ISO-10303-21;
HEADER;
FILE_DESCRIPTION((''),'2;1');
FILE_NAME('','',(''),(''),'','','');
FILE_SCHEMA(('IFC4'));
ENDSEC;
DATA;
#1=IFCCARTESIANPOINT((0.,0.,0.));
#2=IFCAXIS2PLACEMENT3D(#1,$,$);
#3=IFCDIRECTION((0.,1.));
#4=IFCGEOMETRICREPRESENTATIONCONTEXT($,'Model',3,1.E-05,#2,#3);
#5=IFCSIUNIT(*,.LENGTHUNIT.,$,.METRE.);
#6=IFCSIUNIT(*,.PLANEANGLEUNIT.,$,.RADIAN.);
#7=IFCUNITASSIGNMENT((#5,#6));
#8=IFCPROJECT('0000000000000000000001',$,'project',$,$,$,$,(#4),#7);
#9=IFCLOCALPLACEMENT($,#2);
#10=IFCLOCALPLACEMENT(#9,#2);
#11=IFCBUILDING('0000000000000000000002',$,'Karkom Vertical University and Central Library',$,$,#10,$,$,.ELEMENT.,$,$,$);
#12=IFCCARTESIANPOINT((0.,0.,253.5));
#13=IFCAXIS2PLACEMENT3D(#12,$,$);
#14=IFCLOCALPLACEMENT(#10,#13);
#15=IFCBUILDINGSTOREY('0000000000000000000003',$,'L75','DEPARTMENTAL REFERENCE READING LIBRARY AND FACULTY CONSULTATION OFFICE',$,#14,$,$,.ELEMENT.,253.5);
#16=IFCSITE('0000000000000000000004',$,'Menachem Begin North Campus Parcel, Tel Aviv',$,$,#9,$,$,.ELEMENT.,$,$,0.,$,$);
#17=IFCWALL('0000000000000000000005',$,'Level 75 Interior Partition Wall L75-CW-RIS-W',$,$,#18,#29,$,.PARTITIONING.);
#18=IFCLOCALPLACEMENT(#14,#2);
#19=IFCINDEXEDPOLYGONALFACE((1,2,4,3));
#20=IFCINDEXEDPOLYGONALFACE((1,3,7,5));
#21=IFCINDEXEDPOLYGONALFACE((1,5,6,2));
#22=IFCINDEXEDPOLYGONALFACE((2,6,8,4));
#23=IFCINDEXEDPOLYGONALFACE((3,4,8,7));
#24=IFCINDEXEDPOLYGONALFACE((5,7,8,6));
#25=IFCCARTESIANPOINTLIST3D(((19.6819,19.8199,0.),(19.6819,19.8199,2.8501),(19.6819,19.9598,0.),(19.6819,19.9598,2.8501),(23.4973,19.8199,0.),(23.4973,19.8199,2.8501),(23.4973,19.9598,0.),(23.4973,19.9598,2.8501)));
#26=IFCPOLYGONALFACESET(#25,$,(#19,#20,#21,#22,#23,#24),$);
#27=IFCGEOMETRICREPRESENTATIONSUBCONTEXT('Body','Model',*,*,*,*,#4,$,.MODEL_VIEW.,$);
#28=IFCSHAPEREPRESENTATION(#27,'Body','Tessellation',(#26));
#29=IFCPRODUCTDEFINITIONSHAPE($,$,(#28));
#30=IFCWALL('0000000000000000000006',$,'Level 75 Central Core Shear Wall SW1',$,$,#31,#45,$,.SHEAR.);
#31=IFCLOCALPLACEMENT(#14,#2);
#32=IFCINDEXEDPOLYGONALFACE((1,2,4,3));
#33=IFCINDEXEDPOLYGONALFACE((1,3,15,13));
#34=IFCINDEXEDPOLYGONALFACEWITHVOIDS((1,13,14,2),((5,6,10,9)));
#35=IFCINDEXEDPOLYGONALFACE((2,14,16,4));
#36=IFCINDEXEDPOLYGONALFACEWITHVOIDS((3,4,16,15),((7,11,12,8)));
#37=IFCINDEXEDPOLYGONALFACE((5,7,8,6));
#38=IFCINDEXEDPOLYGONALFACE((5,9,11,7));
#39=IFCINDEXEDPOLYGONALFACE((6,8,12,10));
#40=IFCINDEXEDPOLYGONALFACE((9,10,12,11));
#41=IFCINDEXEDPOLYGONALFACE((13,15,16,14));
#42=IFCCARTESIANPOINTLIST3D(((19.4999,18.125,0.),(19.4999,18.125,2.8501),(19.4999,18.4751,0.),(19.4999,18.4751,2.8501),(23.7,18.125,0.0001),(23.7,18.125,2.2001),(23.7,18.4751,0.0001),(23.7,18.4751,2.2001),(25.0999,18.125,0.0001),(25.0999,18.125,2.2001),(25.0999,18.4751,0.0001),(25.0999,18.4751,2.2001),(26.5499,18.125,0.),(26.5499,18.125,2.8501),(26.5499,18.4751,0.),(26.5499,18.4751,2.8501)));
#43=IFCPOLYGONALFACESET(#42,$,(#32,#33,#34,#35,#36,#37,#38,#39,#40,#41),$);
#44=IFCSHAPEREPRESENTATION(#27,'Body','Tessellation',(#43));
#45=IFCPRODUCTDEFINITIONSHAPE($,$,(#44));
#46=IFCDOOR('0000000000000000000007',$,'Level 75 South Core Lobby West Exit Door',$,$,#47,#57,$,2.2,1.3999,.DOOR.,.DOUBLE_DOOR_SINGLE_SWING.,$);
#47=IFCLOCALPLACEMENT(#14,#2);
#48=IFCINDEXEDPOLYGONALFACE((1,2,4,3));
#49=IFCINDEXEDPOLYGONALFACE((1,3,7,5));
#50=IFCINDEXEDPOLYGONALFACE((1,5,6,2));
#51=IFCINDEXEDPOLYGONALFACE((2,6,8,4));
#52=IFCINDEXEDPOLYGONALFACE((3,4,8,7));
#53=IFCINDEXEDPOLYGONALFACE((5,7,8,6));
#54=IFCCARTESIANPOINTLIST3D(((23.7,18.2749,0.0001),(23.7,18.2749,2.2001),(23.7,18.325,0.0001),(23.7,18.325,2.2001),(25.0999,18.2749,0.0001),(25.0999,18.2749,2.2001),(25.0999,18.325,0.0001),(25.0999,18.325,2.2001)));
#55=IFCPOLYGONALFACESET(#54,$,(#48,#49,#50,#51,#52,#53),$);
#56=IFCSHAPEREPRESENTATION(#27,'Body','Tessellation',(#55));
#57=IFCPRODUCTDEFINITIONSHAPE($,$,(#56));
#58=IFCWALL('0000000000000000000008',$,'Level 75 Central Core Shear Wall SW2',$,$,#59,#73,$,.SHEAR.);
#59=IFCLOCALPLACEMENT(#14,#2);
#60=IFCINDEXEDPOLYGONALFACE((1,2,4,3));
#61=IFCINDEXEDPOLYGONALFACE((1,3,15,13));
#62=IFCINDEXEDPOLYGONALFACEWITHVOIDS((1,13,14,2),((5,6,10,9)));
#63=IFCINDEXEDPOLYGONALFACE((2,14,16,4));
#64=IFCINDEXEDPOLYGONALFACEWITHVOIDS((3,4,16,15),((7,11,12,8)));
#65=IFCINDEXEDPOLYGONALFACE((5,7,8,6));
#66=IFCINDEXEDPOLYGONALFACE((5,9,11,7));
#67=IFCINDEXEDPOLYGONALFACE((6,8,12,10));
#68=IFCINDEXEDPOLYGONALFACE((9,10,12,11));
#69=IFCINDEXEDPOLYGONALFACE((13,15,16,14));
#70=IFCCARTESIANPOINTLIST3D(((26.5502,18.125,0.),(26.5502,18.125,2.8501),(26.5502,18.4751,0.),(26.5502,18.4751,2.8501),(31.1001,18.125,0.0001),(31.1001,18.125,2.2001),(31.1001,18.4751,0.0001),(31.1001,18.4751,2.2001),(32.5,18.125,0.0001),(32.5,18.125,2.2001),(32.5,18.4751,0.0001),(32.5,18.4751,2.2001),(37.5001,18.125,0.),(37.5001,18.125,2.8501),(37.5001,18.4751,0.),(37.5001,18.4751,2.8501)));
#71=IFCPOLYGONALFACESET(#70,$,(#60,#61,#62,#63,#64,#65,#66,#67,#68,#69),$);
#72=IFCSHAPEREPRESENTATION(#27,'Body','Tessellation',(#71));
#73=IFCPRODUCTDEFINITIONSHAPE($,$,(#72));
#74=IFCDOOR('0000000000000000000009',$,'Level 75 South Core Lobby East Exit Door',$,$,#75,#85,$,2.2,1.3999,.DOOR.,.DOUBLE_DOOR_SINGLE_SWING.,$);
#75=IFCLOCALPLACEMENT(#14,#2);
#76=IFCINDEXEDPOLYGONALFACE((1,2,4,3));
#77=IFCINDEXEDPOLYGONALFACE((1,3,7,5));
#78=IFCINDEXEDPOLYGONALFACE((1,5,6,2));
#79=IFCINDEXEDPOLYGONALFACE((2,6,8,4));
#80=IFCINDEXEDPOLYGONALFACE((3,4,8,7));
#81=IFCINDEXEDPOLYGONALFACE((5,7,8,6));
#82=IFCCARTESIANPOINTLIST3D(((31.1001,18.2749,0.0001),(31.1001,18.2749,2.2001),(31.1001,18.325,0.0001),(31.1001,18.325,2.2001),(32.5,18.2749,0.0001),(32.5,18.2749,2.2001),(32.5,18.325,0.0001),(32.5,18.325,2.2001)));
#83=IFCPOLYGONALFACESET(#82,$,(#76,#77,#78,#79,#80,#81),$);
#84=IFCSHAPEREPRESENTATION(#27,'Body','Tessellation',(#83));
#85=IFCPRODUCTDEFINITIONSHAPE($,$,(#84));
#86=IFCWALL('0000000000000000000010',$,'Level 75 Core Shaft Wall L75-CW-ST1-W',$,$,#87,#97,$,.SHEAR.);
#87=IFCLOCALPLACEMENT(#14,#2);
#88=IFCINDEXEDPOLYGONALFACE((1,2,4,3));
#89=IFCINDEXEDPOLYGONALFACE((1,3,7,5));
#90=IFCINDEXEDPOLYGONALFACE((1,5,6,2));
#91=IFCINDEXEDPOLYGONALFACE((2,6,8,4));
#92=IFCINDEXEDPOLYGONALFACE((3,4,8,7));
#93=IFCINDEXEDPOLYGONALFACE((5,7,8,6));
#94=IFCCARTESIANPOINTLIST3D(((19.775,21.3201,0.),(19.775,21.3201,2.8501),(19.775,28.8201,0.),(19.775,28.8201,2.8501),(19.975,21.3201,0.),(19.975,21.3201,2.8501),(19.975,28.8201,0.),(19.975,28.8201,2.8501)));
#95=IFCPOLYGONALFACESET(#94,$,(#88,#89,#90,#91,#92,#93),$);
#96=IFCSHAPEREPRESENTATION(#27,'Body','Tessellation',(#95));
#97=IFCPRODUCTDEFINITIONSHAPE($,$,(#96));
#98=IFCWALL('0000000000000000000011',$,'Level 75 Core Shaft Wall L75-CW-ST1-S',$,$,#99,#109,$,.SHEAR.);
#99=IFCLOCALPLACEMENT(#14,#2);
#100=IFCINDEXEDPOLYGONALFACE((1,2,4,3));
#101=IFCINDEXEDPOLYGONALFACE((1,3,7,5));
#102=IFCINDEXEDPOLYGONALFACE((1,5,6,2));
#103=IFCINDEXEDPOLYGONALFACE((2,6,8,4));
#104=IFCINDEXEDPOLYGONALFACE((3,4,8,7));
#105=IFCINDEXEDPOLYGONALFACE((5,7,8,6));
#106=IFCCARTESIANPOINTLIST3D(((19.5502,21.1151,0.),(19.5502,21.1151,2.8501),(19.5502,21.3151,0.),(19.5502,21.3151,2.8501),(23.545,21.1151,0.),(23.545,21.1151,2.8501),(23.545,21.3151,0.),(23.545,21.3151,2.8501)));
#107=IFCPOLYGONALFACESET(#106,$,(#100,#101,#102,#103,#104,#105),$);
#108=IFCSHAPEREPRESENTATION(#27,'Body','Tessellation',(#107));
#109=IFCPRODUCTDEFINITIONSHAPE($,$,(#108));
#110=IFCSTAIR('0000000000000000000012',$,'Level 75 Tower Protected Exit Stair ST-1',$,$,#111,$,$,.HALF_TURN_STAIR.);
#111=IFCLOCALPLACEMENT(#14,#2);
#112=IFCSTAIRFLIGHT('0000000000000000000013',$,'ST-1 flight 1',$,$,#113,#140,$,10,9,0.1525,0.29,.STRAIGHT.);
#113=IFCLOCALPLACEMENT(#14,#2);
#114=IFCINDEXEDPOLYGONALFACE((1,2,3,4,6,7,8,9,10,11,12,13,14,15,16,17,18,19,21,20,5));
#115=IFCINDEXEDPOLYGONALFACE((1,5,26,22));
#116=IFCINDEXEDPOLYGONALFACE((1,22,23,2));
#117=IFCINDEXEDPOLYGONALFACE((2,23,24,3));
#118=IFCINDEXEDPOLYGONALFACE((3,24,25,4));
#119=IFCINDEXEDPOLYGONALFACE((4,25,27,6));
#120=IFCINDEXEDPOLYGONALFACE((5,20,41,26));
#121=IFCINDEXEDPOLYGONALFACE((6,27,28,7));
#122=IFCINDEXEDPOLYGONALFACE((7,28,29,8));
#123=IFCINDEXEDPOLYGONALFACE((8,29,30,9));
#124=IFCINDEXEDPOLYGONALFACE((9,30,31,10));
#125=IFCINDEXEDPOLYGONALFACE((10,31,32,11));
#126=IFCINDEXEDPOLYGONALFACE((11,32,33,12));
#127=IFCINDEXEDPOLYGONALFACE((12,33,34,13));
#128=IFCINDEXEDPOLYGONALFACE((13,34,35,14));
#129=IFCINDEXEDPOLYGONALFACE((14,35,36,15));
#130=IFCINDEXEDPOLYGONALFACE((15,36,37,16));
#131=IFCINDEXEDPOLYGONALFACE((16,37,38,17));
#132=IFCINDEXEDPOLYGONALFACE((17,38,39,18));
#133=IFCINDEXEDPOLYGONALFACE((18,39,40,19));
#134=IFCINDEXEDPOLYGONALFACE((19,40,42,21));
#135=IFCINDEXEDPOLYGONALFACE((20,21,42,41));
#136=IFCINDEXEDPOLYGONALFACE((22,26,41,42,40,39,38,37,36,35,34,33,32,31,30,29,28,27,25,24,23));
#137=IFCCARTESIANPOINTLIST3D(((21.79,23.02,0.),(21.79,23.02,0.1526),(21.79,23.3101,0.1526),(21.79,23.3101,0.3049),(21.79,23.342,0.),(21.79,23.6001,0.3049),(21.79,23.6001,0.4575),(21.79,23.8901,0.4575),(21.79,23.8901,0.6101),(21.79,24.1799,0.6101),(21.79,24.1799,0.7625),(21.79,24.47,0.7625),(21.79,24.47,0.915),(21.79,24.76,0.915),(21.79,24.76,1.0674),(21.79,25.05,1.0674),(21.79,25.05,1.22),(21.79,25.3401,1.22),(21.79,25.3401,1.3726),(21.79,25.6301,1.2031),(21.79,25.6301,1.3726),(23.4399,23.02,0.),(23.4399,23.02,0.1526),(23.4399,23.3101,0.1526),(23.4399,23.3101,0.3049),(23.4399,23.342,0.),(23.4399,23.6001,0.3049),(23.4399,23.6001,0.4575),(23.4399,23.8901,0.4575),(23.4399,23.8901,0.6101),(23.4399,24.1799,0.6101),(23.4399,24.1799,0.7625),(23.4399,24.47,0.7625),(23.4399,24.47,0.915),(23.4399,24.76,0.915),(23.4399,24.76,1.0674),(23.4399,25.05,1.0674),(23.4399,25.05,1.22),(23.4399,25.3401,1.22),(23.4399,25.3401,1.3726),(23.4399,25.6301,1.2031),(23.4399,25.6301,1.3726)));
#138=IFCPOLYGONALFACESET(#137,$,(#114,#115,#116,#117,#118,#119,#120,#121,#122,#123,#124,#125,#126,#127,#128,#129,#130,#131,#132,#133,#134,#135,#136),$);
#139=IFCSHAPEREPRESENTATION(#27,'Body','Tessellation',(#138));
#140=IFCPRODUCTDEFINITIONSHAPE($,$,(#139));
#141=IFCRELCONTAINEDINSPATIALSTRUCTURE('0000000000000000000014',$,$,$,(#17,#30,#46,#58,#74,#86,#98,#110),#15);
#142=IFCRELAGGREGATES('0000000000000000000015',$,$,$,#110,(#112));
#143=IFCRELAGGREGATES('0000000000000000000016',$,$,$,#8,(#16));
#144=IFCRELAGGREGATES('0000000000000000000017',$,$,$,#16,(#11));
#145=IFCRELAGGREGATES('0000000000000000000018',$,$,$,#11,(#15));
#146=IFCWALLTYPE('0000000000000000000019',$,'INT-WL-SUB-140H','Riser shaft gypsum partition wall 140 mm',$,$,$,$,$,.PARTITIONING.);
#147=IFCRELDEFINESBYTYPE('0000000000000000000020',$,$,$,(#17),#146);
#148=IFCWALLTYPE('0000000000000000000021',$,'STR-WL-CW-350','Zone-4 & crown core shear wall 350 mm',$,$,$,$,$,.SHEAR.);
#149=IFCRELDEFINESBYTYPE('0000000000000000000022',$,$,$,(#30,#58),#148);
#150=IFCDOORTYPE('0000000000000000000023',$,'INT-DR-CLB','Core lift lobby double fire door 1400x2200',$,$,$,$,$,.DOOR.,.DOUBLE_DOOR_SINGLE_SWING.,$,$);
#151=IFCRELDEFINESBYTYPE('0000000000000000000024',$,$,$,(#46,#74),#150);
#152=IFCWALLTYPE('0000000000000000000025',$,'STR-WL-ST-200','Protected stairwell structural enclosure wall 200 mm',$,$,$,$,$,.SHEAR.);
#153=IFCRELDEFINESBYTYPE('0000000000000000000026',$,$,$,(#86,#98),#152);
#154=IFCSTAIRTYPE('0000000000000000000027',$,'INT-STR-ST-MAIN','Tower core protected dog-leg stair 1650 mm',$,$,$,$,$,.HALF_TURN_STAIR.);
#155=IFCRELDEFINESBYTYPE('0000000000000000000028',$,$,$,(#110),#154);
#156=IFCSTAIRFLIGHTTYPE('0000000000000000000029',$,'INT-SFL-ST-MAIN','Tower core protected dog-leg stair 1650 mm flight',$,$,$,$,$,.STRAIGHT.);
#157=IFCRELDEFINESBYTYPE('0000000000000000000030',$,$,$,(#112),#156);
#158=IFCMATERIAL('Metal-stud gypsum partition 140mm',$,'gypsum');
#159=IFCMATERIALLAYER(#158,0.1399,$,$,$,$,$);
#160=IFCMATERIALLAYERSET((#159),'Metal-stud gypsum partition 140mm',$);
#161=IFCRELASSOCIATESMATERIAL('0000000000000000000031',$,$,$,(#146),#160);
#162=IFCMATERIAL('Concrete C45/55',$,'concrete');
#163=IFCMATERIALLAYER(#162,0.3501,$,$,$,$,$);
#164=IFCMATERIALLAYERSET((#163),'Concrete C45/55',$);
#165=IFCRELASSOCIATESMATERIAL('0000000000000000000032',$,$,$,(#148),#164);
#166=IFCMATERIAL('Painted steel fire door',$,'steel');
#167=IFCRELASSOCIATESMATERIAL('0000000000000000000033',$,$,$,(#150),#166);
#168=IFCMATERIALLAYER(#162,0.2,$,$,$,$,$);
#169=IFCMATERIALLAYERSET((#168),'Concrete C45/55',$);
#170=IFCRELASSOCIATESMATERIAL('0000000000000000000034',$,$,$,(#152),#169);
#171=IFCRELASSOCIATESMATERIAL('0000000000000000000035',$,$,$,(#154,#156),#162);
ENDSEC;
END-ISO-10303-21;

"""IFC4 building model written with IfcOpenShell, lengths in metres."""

from ifc_helpers import new_model, si_unit, direction, frame, frame_2d, origin, origin_with_axes, place, context, subcontext, project, spatial, polyline, rectangle, outline, extrude, source, transform, mapped, material, layer, layer_set, type_object, element, fill, aggregate, save


model = new_model("IFC4")

# Units and contexts
model_context = context("Model", 3, precision=1e-05, world=origin(), true_north=direction((0.0, 1.0)))
body_context = subcontext(model_context, "Body", "Model", "MODEL_VIEW")
ifc_project = project(units=[si_unit("LENGTHUNIT", "METRE"), si_unit("PLANEANGLEUNIT", "RADIAN")], contexts=[model_context])

# Site, building, storey
site_placement = place(None, origin())
site = spatial("IfcSite", under=ifc_project, at=site_placement, Name="Menachem Begin North Campus Parcel, Tel Aviv", CompositionType="ELEMENT", RefElevation=0.0)
building_placement = place(site_placement, origin())
building = spatial("IfcBuilding", under=site, at=building_placement, Name="Karkom Vertical University and Central Library", CompositionType="ELEMENT")
storey_placement = place(building_placement, frame((0.0, 0.0, 253.5)))
storey = spatial("IfcBuildingStorey", under=building, at=storey_placement, Name="L75", Description="DEPARTMENTAL REFERENCE READING LIBRARY AND FACULTY CONSULTATION OFFICE", CompositionType="ELEMENT", Elevation=253.5)

# Shared definitions
ifc_material_1 = material(Name="Concrete C45/55", Category="concrete")

# Wall
ifc_material_2 = material(Name="Metal-stud gypsum partition 140mm", Category="gypsum")
ifc_layer_1 = layer(ifc_material_2, 0.1399)
ifc_layer_set_1 = layer_set([ifc_layer_1], Name="Metal-stud gypsum partition 140mm")
wall_type_1 = type_object("IfcWallType", Name="INT-WL-SUB-140H", Description="Riser shaft gypsum partition wall 140 mm", PredefinedType="PARTITIONING", material=ifc_layer_set_1)
wall_1_placement = place(storey_placement, frame((19.6819, 19.8899, 0.0), z_axis=(0.0, 0.0, 1.0), x_axis=(1.0, 0.0, 0.0)))
element("IfcWall", 1, at=wall_1_placement, inside=storey, type_object=wall_type_1, Name="Level 75 Interior Partition Wall L75-CW-RIS-W", PredefinedType="PARTITIONING", context=body_context, shape_type="SweptSolid", body=[
    extrude(rectangle(XDim=3.8154, YDim=0.1399, at=frame_2d((1.9077, 0.0))), origin(), (0.0, 0.0, 1.0), 2.8501),
])

# Walls, openings, doors
ifc_layer_2 = layer(ifc_material_1, 0.3501)
ifc_layer_set_2 = layer_set([ifc_layer_2], Name="Concrete C45/55")
wall_type_2 = type_object("IfcWallType", Name="STR-WL-CW-350", Description="Zone-4 & crown core shear wall 350 mm", PredefinedType="SHEAR", material=ifc_layer_set_2)
wall_2_placement = place(storey_placement, frame((19.5, 18.3, 0.0), z_axis=(0.0, 0.0, 1.0), x_axis=(1.0, 0.0, 0.0)))
wall_2 = element("IfcWall", 2, at=wall_2_placement, inside=storey, type_object=wall_type_2, Name="Level 75 Central Core Shear Wall SW1", PredefinedType="SHEAR", context=body_context, shape_type="SweptSolid", body=[
    extrude(rectangle(XDim=7.05, YDim=0.3501, at=frame_2d((3.5249, 0.0))), origin(), (0.0, 0.0, 1.0), 2.8501),
])
opening_1_placement = place(wall_2_placement, frame((4.2, 0.0, 0.0)))
opening_1 = element("IfcOpeningElement", 3, at=opening_1_placement, cuts=wall_2, PredefinedType="OPENING", context=body_context, shape_type="SweptSolid", body=[
    extrude(rectangle(XDim=1.3999, YDim=2.2, at=frame_2d((0.7, 1.1001))), frame((0.0, 0.1851, 0.0), z_axis=(0.0, -1.0, 0.0), x_axis=(1.0, 0.0, 0.0)), (0.0, 0.0, 1.0), 0.3701),
])
ifc_material_3 = material(Name="Painted steel fire door", Category="steel")
door_type_1 = type_object("IfcDoorType", Name="INT-DR-CLB", Description="Core lift lobby double fire door 1400x2200", OperationType="DOUBLE_DOOR_SINGLE_SWING", PredefinedType="DOOR", material=ifc_material_3)
shared_shape_1 = source(origin_with_axes(), body_context, "Body", "SweptSolid", [
    extrude(rectangle(XDim=1.3999, YDim=2.2, at=frame_2d((0.7, 1.1001))), frame((0.0, 0.0249, 0.0), z_axis=(0.0, -1.0, 0.0), x_axis=(1.0, 0.0, 0.0)), (0.0, 0.0, 1.0), 0.05),
])
door_1_placement = place(opening_1_placement, origin())
door_1 = element("IfcDoor", 4, at=door_1_placement, inside=storey, type_object=door_type_1, Name="Level 75 South Core Lobby West Exit Door", OperationType="DOUBLE_DOOR_SINGLE_SWING", OverallHeight=2.2, OverallWidth=1.3999, PredefinedType="DOOR", context=body_context, shape_type="MappedRepresentation", body=[
    mapped(shared_shape_1, transform((0.0, 0.0, 0.0), scale=1.0)),
])
fill(opening_1, door_1)
wall_3_placement = place(storey_placement, frame((26.55, 18.3, 0.0), z_axis=(0.0, 0.0, 1.0), x_axis=(1.0, 0.0, 0.0)))
wall_3 = element("IfcWall", 5, at=wall_3_placement, inside=storey, type_object=wall_type_2, Name="Level 75 Central Core Shear Wall SW2", PredefinedType="SHEAR", context=body_context, shape_type="SweptSolid", body=[
    extrude(rectangle(XDim=10.95, YDim=0.3501, at=frame_2d((5.4751, 0.0))), origin(), (0.0, 0.0, 1.0), 2.8501),
])
opening_2_placement = place(wall_3_placement, frame((4.55, 0.0, 0.0)))
opening_2 = element("IfcOpeningElement", 6, at=opening_2_placement, cuts=wall_3, PredefinedType="OPENING", context=body_context, shape_type="SweptSolid", body=[
    extrude(rectangle(XDim=1.3999, YDim=2.2, at=frame_2d((0.7, 1.1001))), frame((0.0, 0.1851, 0.0), z_axis=(0.0, -1.0, 0.0), x_axis=(1.0, 0.0, 0.0)), (0.0, 0.0, 1.0), 0.3701),
])
door_2_placement = place(opening_2_placement, origin())
door_2 = element("IfcDoor", 7, at=door_2_placement, inside=storey, type_object=door_type_1, Name="Level 75 South Core Lobby East Exit Door", OperationType="DOUBLE_DOOR_SINGLE_SWING", OverallHeight=2.2, OverallWidth=1.3999, PredefinedType="DOOR", context=body_context, shape_type="MappedRepresentation", body=[
    mapped(shared_shape_1, transform((0.0, 0.0, 0.0), scale=1.0)),
])
fill(opening_2, door_2)

# Shared definitions
ifc_layer_3 = layer(ifc_material_1, 0.2)
ifc_layer_set_3 = layer_set([ifc_layer_3], Name="Concrete C45/55")
wall_type_3 = type_object("IfcWallType", Name="STR-WL-ST-200", Description="Protected stairwell structural enclosure wall 200 mm", PredefinedType="SHEAR", material=ifc_layer_set_3)

# Walls
wall_4_placement = place(storey_placement, frame((19.875, 21.3201, 0.0), z_axis=(0.0, 0.0, 1.0), x_axis=(0.0, 1.0, 0.0)))
element("IfcWall", 8, at=wall_4_placement, inside=storey, type_object=wall_type_3, Name="Level 75 Core Shaft Wall L75-CW-ST1-W", PredefinedType="SHEAR", context=body_context, shape_type="SweptSolid", body=[
    extrude(rectangle(XDim=7.5, YDim=0.2, at=frame_2d((3.75, 0.0))), origin(), (0.0, 0.0, 1.0), 2.8501),
])
wall_5_placement = place(storey_placement, frame((19.55, 21.2151, 0.0), z_axis=(0.0, 0.0, 1.0), x_axis=(1.0, 0.0, 0.0)))
element("IfcWall", 9, at=wall_5_placement, inside=storey, type_object=wall_type_3, Name="Level 75 Core Shaft Wall L75-CW-ST1-S", PredefinedType="SHEAR", context=body_context, shape_type="SweptSolid", body=[
    extrude(rectangle(XDim=3.9949, YDim=0.2, at=frame_2d((1.9976, 0.0))), origin(), (0.0, 0.0, 1.0), 2.8501),
])

# Stair, stair flight
stair_type = type_object("IfcStairType", Name="INT-STR-ST-MAIN", Description="Tower core protected dog-leg stair 1650 mm", PredefinedType="HALF_TURN_STAIR", material=ifc_material_1)
stair_placement = place(storey_placement, origin())
stair = element("IfcStair", 10, at=stair_placement, inside=storey, type_object=stair_type, Name="Level 75 Tower Protected Exit Stair ST-1", PredefinedType="HALF_TURN_STAIR")
stair_flight_type = type_object("IfcStairFlightType", Name="INT-SFL-ST-MAIN", Description="Tower core protected dog-leg stair 1650 mm flight", PredefinedType="STRAIGHT", material=ifc_material_1)
stair_flight_placement = place(storey_placement, frame((22.615, 23.02, 0.0), z_axis=(0.0, 0.0, 1.0), x_axis=(0.0, 1.0, 0.0)))
stair_flight = element("IfcStairFlight", 11, at=stair_flight_placement, type_object=stair_flight_type, Name="ST-1 flight 1", NumberOfRisers=10, NumberOfTreads=9, PredefinedType="STRAIGHT", RiserHeight=0.1525, TreadLength=0.29, context=body_context, shape_type="SweptSolid", body=[
    extrude(outline(polyline([(0.0, 0.0), (0.0, 0.1526), (0.29, 0.1526), (0.29, 0.3049), (0.5801, 0.3049), (0.5801, 0.4575), (0.8701, 0.4575), (0.8701, 0.6101), (1.1599, 0.6101), (1.1599, 0.7625), (1.45, 0.7625), (1.45, 0.915), (1.74, 0.915), (1.74, 1.0674), (2.03, 1.0674), (2.03, 1.22), (2.3201, 1.22), (2.3201, 1.3726), (2.6101, 1.3726), (2.6101, 1.5249), (2.6101, 1.2031), (0.322, 0.0), (0.0, 0.0)])), frame((0.0, 0.825, 0.0), z_axis=(0.0, -1.0, 0.0), x_axis=(1.0, 0.0, 0.0)), (0.0, 0.0, 1.0), 1.6499),
])
aggregate(stair, [stair_flight])

save(model, "model.ifc")
